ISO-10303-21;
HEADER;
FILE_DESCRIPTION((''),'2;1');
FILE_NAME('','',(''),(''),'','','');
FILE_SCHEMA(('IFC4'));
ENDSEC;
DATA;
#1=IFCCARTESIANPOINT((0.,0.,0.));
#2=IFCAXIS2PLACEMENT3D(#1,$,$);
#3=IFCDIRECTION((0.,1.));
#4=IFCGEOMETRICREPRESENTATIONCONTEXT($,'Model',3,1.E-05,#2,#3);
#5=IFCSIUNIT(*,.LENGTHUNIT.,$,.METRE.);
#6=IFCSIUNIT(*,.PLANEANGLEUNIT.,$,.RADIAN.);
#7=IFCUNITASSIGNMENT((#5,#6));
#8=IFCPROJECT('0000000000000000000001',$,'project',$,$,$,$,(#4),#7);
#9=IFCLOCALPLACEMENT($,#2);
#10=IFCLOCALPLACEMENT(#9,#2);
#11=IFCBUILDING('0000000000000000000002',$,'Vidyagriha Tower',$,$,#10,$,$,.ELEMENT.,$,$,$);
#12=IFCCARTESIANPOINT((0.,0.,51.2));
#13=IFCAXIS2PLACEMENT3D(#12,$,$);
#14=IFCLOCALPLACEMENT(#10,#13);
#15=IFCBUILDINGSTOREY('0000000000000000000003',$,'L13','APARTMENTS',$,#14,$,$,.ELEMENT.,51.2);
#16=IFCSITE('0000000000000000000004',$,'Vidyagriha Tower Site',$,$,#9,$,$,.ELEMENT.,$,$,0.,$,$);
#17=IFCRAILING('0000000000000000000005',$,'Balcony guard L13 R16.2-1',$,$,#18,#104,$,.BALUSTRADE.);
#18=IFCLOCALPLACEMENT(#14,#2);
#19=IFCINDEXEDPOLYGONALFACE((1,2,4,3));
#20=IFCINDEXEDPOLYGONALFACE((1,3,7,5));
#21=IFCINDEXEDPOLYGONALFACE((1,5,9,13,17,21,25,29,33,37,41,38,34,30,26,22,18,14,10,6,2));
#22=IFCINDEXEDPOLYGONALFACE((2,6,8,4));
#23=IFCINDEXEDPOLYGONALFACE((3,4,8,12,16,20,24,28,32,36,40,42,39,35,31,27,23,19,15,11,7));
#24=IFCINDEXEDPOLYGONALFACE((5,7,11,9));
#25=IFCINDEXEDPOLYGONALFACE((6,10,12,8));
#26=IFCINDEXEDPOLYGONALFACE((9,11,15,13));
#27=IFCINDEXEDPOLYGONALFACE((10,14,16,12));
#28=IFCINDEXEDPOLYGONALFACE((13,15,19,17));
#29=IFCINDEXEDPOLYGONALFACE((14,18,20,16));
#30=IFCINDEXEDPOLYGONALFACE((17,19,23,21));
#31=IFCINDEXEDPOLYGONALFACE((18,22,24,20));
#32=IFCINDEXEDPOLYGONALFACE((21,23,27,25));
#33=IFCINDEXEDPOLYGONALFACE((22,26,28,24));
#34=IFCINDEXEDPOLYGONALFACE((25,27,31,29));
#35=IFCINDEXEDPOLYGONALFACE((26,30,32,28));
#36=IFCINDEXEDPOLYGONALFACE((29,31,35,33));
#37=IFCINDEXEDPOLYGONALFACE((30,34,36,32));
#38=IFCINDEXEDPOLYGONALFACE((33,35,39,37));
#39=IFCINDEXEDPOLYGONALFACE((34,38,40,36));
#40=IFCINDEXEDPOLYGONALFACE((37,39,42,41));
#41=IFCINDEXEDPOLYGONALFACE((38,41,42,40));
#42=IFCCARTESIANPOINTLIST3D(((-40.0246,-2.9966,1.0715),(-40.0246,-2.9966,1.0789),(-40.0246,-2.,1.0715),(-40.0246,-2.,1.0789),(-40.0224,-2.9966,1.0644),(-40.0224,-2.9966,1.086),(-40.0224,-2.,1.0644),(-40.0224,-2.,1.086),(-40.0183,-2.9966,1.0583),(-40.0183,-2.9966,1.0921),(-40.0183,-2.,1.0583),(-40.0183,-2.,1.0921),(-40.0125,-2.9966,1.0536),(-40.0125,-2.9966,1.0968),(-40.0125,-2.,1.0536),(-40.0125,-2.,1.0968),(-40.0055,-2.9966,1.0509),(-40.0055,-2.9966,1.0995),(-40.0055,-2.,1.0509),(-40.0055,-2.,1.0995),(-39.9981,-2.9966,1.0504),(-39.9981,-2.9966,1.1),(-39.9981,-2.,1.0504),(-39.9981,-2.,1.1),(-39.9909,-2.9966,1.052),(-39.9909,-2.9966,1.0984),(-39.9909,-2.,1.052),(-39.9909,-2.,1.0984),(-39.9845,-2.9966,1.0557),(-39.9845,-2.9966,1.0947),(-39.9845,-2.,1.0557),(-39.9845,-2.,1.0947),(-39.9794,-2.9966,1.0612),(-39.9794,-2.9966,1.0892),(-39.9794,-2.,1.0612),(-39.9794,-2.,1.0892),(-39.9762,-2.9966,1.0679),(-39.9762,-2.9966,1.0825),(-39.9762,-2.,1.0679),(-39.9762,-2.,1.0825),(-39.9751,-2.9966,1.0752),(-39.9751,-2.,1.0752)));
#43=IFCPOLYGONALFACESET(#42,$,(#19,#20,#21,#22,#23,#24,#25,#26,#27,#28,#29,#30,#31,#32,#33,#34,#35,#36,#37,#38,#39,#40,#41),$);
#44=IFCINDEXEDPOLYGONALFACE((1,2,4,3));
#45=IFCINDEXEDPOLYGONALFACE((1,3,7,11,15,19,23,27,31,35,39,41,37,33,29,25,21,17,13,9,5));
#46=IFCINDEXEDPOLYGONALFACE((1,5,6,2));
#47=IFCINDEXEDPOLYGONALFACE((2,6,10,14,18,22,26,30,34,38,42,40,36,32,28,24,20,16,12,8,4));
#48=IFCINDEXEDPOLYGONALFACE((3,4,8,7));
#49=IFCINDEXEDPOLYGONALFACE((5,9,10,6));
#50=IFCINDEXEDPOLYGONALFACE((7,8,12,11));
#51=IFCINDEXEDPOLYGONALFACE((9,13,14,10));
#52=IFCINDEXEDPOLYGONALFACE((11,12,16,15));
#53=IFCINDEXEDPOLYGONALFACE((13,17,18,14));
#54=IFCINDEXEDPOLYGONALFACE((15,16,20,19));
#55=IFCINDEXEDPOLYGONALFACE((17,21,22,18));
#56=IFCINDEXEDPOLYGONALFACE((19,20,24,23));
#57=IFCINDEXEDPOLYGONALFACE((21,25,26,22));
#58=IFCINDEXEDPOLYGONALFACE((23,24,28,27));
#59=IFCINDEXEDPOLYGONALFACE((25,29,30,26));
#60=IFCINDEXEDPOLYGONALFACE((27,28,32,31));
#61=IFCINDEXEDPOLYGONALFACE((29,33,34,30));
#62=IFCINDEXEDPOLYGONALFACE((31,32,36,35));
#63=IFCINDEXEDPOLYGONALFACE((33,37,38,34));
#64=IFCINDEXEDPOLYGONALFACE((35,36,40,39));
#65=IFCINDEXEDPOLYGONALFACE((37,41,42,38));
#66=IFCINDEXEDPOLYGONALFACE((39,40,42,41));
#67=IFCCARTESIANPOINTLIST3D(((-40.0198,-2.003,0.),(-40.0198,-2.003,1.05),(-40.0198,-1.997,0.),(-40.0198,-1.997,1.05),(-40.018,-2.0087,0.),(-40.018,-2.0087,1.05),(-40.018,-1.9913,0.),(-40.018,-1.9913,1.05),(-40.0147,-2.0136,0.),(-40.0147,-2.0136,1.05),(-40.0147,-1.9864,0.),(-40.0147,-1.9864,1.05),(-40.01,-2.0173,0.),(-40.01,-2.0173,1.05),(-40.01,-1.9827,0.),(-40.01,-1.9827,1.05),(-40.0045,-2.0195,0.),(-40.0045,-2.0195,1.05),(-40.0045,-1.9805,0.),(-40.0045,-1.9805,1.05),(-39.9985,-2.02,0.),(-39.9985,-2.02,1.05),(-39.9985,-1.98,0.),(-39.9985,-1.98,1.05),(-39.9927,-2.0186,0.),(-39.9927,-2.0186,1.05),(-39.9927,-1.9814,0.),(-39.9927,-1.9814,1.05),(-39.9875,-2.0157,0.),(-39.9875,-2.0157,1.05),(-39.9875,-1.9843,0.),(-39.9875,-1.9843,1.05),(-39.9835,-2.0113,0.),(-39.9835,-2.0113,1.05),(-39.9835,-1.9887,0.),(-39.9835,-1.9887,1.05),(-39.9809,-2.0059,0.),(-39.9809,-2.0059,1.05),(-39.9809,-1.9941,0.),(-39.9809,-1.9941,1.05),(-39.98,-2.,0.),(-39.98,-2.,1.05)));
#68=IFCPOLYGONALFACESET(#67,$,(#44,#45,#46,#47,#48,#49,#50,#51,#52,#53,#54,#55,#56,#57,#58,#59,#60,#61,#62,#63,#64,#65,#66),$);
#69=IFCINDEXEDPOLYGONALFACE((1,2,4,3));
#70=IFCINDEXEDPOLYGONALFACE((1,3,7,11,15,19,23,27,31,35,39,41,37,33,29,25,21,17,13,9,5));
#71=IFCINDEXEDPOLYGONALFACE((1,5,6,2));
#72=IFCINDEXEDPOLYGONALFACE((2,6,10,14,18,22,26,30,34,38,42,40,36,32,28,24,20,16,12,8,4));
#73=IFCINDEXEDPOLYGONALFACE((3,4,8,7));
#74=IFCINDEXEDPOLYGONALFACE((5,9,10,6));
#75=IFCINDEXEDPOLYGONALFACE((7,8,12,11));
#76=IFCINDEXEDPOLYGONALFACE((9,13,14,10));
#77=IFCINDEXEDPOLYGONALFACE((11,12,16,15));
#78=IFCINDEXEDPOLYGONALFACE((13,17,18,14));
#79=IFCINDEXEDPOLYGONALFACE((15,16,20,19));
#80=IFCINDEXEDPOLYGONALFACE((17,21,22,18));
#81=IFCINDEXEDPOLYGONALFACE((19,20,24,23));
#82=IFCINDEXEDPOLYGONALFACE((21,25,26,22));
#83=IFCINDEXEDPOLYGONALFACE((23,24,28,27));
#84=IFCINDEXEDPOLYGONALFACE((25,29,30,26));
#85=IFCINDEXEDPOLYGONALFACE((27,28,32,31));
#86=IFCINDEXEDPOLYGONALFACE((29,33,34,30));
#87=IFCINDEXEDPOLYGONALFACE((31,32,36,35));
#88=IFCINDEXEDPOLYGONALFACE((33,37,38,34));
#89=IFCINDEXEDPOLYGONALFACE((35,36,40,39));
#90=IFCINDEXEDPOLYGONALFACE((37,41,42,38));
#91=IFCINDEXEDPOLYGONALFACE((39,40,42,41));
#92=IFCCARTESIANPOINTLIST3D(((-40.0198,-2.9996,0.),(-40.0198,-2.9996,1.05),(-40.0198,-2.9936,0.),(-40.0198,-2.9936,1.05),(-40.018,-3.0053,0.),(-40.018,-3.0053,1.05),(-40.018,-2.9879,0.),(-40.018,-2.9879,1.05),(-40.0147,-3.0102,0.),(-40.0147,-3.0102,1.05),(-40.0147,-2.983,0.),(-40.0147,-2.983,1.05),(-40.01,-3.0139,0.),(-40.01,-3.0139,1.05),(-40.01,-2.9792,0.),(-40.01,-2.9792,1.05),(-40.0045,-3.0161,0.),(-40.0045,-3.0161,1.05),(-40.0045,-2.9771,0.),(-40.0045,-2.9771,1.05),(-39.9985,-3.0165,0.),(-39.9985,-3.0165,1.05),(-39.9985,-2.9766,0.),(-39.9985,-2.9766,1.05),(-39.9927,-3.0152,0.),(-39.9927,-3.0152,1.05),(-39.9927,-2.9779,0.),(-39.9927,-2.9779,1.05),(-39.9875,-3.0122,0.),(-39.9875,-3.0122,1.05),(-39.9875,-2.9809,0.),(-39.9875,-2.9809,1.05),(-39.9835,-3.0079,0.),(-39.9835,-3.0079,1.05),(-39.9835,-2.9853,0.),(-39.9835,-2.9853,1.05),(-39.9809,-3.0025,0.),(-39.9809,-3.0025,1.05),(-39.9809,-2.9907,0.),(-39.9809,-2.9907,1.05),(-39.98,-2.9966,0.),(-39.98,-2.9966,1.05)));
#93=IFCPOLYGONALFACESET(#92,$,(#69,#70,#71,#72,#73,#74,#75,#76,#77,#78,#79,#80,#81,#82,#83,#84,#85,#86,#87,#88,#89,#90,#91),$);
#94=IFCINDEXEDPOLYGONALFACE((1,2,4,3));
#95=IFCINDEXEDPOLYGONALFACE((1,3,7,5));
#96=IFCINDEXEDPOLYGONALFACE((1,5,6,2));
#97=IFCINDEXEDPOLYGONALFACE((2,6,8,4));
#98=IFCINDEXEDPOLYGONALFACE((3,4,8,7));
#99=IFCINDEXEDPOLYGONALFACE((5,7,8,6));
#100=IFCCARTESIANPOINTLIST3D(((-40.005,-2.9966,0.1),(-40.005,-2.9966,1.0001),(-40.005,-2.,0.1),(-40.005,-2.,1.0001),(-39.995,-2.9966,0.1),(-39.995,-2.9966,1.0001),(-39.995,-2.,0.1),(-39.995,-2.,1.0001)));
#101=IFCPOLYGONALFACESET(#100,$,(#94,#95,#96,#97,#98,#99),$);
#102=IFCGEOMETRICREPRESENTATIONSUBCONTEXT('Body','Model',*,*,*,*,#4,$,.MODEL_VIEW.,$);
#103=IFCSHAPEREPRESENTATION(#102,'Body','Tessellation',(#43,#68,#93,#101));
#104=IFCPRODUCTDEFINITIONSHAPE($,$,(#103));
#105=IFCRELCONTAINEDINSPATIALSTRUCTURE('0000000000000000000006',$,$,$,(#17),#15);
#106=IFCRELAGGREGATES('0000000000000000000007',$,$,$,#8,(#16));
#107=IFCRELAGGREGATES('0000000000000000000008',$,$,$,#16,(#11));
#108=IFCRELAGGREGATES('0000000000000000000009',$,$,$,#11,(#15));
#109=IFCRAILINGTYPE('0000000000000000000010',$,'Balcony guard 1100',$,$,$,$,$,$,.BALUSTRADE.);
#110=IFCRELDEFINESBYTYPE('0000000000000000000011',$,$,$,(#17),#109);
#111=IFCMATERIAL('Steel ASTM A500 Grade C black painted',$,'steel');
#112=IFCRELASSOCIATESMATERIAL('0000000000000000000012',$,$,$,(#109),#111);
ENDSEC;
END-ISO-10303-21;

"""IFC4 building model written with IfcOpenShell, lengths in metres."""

from ifc_helpers import new_model, si_unit, direction, frame, origin, origin_2d, place, context, subcontext, project, spatial, rectangle, circle, extrude, material, type_object, element, save


model = new_model("IFC4")

# Units and contexts
model_context = context("Model", 3, precision=1e-05, world=origin(), true_north=direction((0.0, 1.0)))
body_context = subcontext(model_context, "Body", "Model", "MODEL_VIEW")
ifc_project = project(units=[si_unit("LENGTHUNIT", "METRE"), si_unit("PLANEANGLEUNIT", "RADIAN")], contexts=[model_context])

# Site, building, storey
site_placement = place(None, origin())
site = spatial("IfcSite", under=ifc_project, at=site_placement, Name="Vidyagriha Tower Site", CompositionType="ELEMENT", RefElevation=0.0)
building_placement = place(site_placement, origin())
building = spatial("IfcBuilding", under=site, at=building_placement, Name="Vidyagriha Tower", CompositionType="ELEMENT")
storey_placement = place(building_placement, frame((0.0, 0.0, 51.2)))
storey = spatial("IfcBuildingStorey", under=building, at=storey_placement, Name="L13", Description="APARTMENTS", CompositionType="ELEMENT", Elevation=51.2)

# Railing
ifc_material_1 = material(Name="Steel ASTM A500 Grade C black painted", Category="steel")
railing_type_1 = type_object("IfcRailingType", Name="Balcony guard 1100", PredefinedType="BALUSTRADE", material=ifc_material_1)
railing_1_placement = place(storey_placement, frame((-40.0, -2.0, 0.0)))
element("IfcRailing", 1, at=railing_1_placement, inside=storey, type_object=railing_type_1, Name="Balcony guard L13 R16.2-1", PredefinedType="BALUSTRADE", context=body_context, shape_type="SweptSolid", body=[
    extrude(circle(Radius=0.0249, at=origin_2d()), frame((0.0, 0.0, 1.0752), z_axis=(0.0, -1.0, 0.0), x_axis=(1.0, 0.0, 0.0)), (0.0, 0.0, 1.0), 0.9966),
    extrude(circle(Radius=0.02, at=origin_2d()), origin(), (0.0, 0.0, 1.0), 1.05),
    extrude(circle(Radius=0.02, at=origin_2d()), frame((0.0, -0.9966, 0.0)), (0.0, 0.0, 1.0), 1.05),
    extrude(rectangle(XDim=0.01, YDim=0.9001, at=origin_2d()), frame((0.0, 0.0, 0.55), z_axis=(0.0, -1.0, 0.0), x_axis=(1.0, 0.0, 0.0)), (0.0, 0.0, 1.0), 0.9966),
])

save(model, "model.ifc")
